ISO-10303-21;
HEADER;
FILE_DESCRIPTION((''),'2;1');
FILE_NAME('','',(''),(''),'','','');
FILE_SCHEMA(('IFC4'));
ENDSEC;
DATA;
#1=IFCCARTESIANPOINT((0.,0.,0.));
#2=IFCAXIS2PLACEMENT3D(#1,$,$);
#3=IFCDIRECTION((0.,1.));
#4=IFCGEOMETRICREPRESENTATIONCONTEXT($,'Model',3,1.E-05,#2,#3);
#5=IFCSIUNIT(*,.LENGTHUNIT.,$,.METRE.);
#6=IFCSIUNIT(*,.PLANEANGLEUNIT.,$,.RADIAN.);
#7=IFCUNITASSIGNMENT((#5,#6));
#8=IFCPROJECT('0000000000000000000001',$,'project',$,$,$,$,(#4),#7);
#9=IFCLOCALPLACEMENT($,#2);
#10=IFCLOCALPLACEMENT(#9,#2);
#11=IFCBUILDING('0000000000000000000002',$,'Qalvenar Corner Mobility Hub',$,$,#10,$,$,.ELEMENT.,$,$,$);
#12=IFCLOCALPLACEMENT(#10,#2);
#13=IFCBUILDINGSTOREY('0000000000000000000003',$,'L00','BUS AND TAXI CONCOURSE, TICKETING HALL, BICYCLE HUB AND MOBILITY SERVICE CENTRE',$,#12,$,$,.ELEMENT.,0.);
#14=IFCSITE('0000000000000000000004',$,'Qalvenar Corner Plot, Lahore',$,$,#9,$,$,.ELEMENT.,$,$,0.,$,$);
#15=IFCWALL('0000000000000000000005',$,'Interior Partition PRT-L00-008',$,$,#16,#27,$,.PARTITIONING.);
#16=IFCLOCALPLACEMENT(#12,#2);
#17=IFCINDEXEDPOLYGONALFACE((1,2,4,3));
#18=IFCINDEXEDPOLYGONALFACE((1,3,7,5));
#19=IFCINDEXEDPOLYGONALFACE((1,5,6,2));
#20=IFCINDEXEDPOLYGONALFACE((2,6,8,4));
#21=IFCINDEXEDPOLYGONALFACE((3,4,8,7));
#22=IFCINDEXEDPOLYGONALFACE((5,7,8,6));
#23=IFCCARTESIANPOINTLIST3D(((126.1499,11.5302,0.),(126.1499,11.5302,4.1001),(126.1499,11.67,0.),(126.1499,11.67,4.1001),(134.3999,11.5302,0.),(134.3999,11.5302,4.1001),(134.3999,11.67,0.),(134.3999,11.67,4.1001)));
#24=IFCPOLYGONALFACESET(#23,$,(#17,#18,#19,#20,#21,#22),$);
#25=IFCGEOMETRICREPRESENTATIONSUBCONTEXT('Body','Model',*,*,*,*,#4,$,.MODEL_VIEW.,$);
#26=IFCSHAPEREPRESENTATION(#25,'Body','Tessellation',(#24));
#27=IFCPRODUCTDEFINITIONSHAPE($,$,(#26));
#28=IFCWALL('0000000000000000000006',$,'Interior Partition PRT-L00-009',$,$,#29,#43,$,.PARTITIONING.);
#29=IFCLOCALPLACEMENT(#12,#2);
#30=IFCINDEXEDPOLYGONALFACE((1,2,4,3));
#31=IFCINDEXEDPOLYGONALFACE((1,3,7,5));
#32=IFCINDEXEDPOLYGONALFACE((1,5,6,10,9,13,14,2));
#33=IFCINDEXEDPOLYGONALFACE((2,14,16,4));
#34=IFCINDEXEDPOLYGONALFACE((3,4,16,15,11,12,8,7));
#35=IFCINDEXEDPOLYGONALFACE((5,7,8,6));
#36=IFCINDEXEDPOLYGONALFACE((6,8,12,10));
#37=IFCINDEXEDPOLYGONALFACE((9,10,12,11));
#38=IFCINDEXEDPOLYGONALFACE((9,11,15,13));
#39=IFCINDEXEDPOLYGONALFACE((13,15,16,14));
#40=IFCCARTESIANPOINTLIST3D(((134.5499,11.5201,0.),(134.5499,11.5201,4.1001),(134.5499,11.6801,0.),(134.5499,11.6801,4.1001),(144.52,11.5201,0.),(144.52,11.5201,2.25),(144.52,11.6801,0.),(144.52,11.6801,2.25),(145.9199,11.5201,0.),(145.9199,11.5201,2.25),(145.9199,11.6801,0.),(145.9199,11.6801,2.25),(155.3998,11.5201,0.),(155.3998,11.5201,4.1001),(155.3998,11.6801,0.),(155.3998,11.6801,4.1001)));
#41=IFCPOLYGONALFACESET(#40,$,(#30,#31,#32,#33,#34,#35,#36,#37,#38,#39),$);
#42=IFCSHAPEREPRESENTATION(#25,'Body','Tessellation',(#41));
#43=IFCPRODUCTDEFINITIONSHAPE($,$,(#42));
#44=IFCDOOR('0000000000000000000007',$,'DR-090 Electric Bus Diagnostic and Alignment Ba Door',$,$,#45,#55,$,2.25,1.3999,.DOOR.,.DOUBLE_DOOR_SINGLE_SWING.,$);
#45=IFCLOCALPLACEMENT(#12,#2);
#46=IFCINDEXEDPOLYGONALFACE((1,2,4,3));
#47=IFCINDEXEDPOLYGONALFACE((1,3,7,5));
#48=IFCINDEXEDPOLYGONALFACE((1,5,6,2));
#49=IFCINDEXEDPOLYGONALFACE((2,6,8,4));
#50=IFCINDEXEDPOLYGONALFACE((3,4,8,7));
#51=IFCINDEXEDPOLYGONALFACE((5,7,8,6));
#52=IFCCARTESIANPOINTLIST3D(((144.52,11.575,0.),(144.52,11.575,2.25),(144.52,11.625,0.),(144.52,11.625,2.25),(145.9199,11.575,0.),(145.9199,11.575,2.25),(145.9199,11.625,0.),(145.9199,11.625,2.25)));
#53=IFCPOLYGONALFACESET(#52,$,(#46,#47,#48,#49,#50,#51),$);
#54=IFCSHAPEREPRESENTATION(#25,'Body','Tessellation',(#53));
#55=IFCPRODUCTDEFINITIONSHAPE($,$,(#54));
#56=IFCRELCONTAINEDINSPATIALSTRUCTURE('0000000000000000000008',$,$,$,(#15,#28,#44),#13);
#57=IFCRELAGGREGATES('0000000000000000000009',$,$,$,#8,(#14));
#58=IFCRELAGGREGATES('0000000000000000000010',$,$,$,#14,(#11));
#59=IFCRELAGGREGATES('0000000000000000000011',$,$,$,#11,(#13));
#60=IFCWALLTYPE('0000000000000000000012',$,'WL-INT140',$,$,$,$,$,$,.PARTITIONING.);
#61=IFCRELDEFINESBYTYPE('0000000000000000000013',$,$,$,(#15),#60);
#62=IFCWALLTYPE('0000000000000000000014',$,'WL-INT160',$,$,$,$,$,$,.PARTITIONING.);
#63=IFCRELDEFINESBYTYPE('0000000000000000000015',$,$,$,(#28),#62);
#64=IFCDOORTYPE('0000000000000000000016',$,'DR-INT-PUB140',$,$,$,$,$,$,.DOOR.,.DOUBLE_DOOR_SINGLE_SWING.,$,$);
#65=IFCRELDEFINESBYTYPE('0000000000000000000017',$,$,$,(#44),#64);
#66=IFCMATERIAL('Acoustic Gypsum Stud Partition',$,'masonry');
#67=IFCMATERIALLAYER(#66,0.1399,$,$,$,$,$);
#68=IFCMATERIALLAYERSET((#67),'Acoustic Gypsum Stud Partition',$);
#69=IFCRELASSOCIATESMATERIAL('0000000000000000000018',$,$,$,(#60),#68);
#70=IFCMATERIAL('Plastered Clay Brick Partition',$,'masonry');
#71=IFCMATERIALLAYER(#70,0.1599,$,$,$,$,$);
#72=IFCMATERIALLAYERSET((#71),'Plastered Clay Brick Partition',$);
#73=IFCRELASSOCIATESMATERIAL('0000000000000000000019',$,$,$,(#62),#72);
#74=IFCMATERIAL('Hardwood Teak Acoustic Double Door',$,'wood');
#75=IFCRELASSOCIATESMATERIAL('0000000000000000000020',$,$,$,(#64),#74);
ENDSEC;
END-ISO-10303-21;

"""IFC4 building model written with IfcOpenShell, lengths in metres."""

from ifc_helpers import new_model, si_unit, direction, frame, frame_2d, origin, place, context, subcontext, project, spatial, rectangle, extrude, material, layer, layer_set, type_object, element, fill, save


model = new_model("IFC4")

# Units and contexts
model_context = context("Model", 3, precision=1e-05, world=origin(), true_north=direction((0.0, 1.0)))
body_context = subcontext(model_context, "Body", "Model", "MODEL_VIEW")
ifc_project = project(units=[si_unit("LENGTHUNIT", "METRE"), si_unit("PLANEANGLEUNIT", "RADIAN")], contexts=[model_context])

# Site, building, storey
site_placement = place(None, origin())
site = spatial("IfcSite", under=ifc_project, at=site_placement, Name="Qalvenar Corner Plot, Lahore", CompositionType="ELEMENT", RefElevation=0.0)
building_placement = place(site_placement, origin())
building = spatial("IfcBuilding", under=site, at=building_placement, Name="Qalvenar Corner Mobility Hub", CompositionType="ELEMENT")
storey_placement = place(building_placement, origin())
storey = spatial("IfcBuildingStorey", under=building, at=storey_placement, Name="L00", Description="BUS AND TAXI CONCOURSE, TICKETING HALL, BICYCLE HUB AND MOBILITY SERVICE CENTRE", CompositionType="ELEMENT", Elevation=0.0)

# Wall
ifc_material_1 = material(Name="Acoustic Gypsum Stud Partition", Category="masonry")
ifc_layer_1 = layer(ifc_material_1, 0.1399)
ifc_layer_set_1 = layer_set([ifc_layer_1], Name="Acoustic Gypsum Stud Partition")
wall_type_1 = type_object("IfcWallType", Name="WL-INT140", PredefinedType="PARTITIONING", material=ifc_layer_set_1)
wall_1_placement = place(storey_placement, frame((126.1499, 11.6001, 0.0), z_axis=(0.0, 0.0, 1.0), x_axis=(1.0, 0.0, 0.0)))
element("IfcWall", 1, at=wall_1_placement, inside=storey, type_object=wall_type_1, Name="Interior Partition PRT-L00-008", PredefinedType="PARTITIONING", context=body_context, shape_type="SweptSolid", body=[
    extrude(rectangle(XDim=8.25, YDim=0.1399, at=frame_2d((4.125, 0.0))), origin(), (0.0, 0.0, 1.0), 4.1001),
])

# Wall, opening, door
ifc_material_2 = material(Name="Plastered Clay Brick Partition", Category="masonry")
ifc_layer_2 = layer(ifc_material_2, 0.1599)
ifc_layer_set_2 = layer_set([ifc_layer_2], Name="Plastered Clay Brick Partition")
wall_type_2 = type_object("IfcWallType", Name="WL-INT160", PredefinedType="PARTITIONING", material=ifc_layer_set_2)
wall_2_placement = place(storey_placement, frame((134.55, 11.6001, 0.0), z_axis=(0.0, 0.0, 1.0), x_axis=(1.0, 0.0, 0.0)))
wall_2 = element("IfcWall", 2, at=wall_2_placement, inside=storey, type_object=wall_type_2, Name="Interior Partition PRT-L00-009", PredefinedType="PARTITIONING", context=body_context, shape_type="SweptSolid", body=[
    extrude(rectangle(XDim=20.8499, YDim=0.1599, at=frame_2d((10.4248, 0.0))), origin(), (0.0, 0.0, 1.0), 4.1001),
])
opening_placement = place(wall_2_placement, frame((9.97, 0.0, 0.0)))
opening = element("IfcOpeningElement", 3, at=opening_placement, cuts=wall_2, PredefinedType="OPENING", context=body_context, shape_type="SweptSolid", body=[
    extrude(rectangle(XDim=1.3999, YDim=2.25, at=frame_2d((0.7, 1.125))), frame((0.0, 0.0898, 0.0), z_axis=(0.0, -1.0, 0.0), x_axis=(1.0, 0.0, 0.0)), (0.0, 0.0, 1.0), 0.1799),
])
ifc_material_3 = material(Name="Hardwood Teak Acoustic Double Door", Category="wood")
door_type = type_object("IfcDoorType", Name="DR-INT-PUB140", OperationType="DOUBLE_DOOR_SINGLE_SWING", PredefinedType="DOOR", material=ifc_material_3)
door_placement = place(opening_placement, origin())
door = element("IfcDoor", 4, at=door_placement, inside=storey, type_object=door_type, Name="DR-090 Electric Bus Diagnostic and Alignment Ba Door", OperationType="DOUBLE_DOOR_SINGLE_SWING", OverallHeight=2.25, OverallWidth=1.3999, PredefinedType="DOOR", context=body_context, shape_type="SweptSolid", body=[
    extrude(rectangle(XDim=1.3999, YDim=2.25, at=frame_2d((0.7, 1.125))), frame((0.0, 0.0249, 0.0), z_axis=(0.0, -1.0, 0.0), x_axis=(1.0, 0.0, 0.0)), (0.0, 0.0, 1.0), 0.05),
])
fill(opening, door)

save(model, "model.ifc")
